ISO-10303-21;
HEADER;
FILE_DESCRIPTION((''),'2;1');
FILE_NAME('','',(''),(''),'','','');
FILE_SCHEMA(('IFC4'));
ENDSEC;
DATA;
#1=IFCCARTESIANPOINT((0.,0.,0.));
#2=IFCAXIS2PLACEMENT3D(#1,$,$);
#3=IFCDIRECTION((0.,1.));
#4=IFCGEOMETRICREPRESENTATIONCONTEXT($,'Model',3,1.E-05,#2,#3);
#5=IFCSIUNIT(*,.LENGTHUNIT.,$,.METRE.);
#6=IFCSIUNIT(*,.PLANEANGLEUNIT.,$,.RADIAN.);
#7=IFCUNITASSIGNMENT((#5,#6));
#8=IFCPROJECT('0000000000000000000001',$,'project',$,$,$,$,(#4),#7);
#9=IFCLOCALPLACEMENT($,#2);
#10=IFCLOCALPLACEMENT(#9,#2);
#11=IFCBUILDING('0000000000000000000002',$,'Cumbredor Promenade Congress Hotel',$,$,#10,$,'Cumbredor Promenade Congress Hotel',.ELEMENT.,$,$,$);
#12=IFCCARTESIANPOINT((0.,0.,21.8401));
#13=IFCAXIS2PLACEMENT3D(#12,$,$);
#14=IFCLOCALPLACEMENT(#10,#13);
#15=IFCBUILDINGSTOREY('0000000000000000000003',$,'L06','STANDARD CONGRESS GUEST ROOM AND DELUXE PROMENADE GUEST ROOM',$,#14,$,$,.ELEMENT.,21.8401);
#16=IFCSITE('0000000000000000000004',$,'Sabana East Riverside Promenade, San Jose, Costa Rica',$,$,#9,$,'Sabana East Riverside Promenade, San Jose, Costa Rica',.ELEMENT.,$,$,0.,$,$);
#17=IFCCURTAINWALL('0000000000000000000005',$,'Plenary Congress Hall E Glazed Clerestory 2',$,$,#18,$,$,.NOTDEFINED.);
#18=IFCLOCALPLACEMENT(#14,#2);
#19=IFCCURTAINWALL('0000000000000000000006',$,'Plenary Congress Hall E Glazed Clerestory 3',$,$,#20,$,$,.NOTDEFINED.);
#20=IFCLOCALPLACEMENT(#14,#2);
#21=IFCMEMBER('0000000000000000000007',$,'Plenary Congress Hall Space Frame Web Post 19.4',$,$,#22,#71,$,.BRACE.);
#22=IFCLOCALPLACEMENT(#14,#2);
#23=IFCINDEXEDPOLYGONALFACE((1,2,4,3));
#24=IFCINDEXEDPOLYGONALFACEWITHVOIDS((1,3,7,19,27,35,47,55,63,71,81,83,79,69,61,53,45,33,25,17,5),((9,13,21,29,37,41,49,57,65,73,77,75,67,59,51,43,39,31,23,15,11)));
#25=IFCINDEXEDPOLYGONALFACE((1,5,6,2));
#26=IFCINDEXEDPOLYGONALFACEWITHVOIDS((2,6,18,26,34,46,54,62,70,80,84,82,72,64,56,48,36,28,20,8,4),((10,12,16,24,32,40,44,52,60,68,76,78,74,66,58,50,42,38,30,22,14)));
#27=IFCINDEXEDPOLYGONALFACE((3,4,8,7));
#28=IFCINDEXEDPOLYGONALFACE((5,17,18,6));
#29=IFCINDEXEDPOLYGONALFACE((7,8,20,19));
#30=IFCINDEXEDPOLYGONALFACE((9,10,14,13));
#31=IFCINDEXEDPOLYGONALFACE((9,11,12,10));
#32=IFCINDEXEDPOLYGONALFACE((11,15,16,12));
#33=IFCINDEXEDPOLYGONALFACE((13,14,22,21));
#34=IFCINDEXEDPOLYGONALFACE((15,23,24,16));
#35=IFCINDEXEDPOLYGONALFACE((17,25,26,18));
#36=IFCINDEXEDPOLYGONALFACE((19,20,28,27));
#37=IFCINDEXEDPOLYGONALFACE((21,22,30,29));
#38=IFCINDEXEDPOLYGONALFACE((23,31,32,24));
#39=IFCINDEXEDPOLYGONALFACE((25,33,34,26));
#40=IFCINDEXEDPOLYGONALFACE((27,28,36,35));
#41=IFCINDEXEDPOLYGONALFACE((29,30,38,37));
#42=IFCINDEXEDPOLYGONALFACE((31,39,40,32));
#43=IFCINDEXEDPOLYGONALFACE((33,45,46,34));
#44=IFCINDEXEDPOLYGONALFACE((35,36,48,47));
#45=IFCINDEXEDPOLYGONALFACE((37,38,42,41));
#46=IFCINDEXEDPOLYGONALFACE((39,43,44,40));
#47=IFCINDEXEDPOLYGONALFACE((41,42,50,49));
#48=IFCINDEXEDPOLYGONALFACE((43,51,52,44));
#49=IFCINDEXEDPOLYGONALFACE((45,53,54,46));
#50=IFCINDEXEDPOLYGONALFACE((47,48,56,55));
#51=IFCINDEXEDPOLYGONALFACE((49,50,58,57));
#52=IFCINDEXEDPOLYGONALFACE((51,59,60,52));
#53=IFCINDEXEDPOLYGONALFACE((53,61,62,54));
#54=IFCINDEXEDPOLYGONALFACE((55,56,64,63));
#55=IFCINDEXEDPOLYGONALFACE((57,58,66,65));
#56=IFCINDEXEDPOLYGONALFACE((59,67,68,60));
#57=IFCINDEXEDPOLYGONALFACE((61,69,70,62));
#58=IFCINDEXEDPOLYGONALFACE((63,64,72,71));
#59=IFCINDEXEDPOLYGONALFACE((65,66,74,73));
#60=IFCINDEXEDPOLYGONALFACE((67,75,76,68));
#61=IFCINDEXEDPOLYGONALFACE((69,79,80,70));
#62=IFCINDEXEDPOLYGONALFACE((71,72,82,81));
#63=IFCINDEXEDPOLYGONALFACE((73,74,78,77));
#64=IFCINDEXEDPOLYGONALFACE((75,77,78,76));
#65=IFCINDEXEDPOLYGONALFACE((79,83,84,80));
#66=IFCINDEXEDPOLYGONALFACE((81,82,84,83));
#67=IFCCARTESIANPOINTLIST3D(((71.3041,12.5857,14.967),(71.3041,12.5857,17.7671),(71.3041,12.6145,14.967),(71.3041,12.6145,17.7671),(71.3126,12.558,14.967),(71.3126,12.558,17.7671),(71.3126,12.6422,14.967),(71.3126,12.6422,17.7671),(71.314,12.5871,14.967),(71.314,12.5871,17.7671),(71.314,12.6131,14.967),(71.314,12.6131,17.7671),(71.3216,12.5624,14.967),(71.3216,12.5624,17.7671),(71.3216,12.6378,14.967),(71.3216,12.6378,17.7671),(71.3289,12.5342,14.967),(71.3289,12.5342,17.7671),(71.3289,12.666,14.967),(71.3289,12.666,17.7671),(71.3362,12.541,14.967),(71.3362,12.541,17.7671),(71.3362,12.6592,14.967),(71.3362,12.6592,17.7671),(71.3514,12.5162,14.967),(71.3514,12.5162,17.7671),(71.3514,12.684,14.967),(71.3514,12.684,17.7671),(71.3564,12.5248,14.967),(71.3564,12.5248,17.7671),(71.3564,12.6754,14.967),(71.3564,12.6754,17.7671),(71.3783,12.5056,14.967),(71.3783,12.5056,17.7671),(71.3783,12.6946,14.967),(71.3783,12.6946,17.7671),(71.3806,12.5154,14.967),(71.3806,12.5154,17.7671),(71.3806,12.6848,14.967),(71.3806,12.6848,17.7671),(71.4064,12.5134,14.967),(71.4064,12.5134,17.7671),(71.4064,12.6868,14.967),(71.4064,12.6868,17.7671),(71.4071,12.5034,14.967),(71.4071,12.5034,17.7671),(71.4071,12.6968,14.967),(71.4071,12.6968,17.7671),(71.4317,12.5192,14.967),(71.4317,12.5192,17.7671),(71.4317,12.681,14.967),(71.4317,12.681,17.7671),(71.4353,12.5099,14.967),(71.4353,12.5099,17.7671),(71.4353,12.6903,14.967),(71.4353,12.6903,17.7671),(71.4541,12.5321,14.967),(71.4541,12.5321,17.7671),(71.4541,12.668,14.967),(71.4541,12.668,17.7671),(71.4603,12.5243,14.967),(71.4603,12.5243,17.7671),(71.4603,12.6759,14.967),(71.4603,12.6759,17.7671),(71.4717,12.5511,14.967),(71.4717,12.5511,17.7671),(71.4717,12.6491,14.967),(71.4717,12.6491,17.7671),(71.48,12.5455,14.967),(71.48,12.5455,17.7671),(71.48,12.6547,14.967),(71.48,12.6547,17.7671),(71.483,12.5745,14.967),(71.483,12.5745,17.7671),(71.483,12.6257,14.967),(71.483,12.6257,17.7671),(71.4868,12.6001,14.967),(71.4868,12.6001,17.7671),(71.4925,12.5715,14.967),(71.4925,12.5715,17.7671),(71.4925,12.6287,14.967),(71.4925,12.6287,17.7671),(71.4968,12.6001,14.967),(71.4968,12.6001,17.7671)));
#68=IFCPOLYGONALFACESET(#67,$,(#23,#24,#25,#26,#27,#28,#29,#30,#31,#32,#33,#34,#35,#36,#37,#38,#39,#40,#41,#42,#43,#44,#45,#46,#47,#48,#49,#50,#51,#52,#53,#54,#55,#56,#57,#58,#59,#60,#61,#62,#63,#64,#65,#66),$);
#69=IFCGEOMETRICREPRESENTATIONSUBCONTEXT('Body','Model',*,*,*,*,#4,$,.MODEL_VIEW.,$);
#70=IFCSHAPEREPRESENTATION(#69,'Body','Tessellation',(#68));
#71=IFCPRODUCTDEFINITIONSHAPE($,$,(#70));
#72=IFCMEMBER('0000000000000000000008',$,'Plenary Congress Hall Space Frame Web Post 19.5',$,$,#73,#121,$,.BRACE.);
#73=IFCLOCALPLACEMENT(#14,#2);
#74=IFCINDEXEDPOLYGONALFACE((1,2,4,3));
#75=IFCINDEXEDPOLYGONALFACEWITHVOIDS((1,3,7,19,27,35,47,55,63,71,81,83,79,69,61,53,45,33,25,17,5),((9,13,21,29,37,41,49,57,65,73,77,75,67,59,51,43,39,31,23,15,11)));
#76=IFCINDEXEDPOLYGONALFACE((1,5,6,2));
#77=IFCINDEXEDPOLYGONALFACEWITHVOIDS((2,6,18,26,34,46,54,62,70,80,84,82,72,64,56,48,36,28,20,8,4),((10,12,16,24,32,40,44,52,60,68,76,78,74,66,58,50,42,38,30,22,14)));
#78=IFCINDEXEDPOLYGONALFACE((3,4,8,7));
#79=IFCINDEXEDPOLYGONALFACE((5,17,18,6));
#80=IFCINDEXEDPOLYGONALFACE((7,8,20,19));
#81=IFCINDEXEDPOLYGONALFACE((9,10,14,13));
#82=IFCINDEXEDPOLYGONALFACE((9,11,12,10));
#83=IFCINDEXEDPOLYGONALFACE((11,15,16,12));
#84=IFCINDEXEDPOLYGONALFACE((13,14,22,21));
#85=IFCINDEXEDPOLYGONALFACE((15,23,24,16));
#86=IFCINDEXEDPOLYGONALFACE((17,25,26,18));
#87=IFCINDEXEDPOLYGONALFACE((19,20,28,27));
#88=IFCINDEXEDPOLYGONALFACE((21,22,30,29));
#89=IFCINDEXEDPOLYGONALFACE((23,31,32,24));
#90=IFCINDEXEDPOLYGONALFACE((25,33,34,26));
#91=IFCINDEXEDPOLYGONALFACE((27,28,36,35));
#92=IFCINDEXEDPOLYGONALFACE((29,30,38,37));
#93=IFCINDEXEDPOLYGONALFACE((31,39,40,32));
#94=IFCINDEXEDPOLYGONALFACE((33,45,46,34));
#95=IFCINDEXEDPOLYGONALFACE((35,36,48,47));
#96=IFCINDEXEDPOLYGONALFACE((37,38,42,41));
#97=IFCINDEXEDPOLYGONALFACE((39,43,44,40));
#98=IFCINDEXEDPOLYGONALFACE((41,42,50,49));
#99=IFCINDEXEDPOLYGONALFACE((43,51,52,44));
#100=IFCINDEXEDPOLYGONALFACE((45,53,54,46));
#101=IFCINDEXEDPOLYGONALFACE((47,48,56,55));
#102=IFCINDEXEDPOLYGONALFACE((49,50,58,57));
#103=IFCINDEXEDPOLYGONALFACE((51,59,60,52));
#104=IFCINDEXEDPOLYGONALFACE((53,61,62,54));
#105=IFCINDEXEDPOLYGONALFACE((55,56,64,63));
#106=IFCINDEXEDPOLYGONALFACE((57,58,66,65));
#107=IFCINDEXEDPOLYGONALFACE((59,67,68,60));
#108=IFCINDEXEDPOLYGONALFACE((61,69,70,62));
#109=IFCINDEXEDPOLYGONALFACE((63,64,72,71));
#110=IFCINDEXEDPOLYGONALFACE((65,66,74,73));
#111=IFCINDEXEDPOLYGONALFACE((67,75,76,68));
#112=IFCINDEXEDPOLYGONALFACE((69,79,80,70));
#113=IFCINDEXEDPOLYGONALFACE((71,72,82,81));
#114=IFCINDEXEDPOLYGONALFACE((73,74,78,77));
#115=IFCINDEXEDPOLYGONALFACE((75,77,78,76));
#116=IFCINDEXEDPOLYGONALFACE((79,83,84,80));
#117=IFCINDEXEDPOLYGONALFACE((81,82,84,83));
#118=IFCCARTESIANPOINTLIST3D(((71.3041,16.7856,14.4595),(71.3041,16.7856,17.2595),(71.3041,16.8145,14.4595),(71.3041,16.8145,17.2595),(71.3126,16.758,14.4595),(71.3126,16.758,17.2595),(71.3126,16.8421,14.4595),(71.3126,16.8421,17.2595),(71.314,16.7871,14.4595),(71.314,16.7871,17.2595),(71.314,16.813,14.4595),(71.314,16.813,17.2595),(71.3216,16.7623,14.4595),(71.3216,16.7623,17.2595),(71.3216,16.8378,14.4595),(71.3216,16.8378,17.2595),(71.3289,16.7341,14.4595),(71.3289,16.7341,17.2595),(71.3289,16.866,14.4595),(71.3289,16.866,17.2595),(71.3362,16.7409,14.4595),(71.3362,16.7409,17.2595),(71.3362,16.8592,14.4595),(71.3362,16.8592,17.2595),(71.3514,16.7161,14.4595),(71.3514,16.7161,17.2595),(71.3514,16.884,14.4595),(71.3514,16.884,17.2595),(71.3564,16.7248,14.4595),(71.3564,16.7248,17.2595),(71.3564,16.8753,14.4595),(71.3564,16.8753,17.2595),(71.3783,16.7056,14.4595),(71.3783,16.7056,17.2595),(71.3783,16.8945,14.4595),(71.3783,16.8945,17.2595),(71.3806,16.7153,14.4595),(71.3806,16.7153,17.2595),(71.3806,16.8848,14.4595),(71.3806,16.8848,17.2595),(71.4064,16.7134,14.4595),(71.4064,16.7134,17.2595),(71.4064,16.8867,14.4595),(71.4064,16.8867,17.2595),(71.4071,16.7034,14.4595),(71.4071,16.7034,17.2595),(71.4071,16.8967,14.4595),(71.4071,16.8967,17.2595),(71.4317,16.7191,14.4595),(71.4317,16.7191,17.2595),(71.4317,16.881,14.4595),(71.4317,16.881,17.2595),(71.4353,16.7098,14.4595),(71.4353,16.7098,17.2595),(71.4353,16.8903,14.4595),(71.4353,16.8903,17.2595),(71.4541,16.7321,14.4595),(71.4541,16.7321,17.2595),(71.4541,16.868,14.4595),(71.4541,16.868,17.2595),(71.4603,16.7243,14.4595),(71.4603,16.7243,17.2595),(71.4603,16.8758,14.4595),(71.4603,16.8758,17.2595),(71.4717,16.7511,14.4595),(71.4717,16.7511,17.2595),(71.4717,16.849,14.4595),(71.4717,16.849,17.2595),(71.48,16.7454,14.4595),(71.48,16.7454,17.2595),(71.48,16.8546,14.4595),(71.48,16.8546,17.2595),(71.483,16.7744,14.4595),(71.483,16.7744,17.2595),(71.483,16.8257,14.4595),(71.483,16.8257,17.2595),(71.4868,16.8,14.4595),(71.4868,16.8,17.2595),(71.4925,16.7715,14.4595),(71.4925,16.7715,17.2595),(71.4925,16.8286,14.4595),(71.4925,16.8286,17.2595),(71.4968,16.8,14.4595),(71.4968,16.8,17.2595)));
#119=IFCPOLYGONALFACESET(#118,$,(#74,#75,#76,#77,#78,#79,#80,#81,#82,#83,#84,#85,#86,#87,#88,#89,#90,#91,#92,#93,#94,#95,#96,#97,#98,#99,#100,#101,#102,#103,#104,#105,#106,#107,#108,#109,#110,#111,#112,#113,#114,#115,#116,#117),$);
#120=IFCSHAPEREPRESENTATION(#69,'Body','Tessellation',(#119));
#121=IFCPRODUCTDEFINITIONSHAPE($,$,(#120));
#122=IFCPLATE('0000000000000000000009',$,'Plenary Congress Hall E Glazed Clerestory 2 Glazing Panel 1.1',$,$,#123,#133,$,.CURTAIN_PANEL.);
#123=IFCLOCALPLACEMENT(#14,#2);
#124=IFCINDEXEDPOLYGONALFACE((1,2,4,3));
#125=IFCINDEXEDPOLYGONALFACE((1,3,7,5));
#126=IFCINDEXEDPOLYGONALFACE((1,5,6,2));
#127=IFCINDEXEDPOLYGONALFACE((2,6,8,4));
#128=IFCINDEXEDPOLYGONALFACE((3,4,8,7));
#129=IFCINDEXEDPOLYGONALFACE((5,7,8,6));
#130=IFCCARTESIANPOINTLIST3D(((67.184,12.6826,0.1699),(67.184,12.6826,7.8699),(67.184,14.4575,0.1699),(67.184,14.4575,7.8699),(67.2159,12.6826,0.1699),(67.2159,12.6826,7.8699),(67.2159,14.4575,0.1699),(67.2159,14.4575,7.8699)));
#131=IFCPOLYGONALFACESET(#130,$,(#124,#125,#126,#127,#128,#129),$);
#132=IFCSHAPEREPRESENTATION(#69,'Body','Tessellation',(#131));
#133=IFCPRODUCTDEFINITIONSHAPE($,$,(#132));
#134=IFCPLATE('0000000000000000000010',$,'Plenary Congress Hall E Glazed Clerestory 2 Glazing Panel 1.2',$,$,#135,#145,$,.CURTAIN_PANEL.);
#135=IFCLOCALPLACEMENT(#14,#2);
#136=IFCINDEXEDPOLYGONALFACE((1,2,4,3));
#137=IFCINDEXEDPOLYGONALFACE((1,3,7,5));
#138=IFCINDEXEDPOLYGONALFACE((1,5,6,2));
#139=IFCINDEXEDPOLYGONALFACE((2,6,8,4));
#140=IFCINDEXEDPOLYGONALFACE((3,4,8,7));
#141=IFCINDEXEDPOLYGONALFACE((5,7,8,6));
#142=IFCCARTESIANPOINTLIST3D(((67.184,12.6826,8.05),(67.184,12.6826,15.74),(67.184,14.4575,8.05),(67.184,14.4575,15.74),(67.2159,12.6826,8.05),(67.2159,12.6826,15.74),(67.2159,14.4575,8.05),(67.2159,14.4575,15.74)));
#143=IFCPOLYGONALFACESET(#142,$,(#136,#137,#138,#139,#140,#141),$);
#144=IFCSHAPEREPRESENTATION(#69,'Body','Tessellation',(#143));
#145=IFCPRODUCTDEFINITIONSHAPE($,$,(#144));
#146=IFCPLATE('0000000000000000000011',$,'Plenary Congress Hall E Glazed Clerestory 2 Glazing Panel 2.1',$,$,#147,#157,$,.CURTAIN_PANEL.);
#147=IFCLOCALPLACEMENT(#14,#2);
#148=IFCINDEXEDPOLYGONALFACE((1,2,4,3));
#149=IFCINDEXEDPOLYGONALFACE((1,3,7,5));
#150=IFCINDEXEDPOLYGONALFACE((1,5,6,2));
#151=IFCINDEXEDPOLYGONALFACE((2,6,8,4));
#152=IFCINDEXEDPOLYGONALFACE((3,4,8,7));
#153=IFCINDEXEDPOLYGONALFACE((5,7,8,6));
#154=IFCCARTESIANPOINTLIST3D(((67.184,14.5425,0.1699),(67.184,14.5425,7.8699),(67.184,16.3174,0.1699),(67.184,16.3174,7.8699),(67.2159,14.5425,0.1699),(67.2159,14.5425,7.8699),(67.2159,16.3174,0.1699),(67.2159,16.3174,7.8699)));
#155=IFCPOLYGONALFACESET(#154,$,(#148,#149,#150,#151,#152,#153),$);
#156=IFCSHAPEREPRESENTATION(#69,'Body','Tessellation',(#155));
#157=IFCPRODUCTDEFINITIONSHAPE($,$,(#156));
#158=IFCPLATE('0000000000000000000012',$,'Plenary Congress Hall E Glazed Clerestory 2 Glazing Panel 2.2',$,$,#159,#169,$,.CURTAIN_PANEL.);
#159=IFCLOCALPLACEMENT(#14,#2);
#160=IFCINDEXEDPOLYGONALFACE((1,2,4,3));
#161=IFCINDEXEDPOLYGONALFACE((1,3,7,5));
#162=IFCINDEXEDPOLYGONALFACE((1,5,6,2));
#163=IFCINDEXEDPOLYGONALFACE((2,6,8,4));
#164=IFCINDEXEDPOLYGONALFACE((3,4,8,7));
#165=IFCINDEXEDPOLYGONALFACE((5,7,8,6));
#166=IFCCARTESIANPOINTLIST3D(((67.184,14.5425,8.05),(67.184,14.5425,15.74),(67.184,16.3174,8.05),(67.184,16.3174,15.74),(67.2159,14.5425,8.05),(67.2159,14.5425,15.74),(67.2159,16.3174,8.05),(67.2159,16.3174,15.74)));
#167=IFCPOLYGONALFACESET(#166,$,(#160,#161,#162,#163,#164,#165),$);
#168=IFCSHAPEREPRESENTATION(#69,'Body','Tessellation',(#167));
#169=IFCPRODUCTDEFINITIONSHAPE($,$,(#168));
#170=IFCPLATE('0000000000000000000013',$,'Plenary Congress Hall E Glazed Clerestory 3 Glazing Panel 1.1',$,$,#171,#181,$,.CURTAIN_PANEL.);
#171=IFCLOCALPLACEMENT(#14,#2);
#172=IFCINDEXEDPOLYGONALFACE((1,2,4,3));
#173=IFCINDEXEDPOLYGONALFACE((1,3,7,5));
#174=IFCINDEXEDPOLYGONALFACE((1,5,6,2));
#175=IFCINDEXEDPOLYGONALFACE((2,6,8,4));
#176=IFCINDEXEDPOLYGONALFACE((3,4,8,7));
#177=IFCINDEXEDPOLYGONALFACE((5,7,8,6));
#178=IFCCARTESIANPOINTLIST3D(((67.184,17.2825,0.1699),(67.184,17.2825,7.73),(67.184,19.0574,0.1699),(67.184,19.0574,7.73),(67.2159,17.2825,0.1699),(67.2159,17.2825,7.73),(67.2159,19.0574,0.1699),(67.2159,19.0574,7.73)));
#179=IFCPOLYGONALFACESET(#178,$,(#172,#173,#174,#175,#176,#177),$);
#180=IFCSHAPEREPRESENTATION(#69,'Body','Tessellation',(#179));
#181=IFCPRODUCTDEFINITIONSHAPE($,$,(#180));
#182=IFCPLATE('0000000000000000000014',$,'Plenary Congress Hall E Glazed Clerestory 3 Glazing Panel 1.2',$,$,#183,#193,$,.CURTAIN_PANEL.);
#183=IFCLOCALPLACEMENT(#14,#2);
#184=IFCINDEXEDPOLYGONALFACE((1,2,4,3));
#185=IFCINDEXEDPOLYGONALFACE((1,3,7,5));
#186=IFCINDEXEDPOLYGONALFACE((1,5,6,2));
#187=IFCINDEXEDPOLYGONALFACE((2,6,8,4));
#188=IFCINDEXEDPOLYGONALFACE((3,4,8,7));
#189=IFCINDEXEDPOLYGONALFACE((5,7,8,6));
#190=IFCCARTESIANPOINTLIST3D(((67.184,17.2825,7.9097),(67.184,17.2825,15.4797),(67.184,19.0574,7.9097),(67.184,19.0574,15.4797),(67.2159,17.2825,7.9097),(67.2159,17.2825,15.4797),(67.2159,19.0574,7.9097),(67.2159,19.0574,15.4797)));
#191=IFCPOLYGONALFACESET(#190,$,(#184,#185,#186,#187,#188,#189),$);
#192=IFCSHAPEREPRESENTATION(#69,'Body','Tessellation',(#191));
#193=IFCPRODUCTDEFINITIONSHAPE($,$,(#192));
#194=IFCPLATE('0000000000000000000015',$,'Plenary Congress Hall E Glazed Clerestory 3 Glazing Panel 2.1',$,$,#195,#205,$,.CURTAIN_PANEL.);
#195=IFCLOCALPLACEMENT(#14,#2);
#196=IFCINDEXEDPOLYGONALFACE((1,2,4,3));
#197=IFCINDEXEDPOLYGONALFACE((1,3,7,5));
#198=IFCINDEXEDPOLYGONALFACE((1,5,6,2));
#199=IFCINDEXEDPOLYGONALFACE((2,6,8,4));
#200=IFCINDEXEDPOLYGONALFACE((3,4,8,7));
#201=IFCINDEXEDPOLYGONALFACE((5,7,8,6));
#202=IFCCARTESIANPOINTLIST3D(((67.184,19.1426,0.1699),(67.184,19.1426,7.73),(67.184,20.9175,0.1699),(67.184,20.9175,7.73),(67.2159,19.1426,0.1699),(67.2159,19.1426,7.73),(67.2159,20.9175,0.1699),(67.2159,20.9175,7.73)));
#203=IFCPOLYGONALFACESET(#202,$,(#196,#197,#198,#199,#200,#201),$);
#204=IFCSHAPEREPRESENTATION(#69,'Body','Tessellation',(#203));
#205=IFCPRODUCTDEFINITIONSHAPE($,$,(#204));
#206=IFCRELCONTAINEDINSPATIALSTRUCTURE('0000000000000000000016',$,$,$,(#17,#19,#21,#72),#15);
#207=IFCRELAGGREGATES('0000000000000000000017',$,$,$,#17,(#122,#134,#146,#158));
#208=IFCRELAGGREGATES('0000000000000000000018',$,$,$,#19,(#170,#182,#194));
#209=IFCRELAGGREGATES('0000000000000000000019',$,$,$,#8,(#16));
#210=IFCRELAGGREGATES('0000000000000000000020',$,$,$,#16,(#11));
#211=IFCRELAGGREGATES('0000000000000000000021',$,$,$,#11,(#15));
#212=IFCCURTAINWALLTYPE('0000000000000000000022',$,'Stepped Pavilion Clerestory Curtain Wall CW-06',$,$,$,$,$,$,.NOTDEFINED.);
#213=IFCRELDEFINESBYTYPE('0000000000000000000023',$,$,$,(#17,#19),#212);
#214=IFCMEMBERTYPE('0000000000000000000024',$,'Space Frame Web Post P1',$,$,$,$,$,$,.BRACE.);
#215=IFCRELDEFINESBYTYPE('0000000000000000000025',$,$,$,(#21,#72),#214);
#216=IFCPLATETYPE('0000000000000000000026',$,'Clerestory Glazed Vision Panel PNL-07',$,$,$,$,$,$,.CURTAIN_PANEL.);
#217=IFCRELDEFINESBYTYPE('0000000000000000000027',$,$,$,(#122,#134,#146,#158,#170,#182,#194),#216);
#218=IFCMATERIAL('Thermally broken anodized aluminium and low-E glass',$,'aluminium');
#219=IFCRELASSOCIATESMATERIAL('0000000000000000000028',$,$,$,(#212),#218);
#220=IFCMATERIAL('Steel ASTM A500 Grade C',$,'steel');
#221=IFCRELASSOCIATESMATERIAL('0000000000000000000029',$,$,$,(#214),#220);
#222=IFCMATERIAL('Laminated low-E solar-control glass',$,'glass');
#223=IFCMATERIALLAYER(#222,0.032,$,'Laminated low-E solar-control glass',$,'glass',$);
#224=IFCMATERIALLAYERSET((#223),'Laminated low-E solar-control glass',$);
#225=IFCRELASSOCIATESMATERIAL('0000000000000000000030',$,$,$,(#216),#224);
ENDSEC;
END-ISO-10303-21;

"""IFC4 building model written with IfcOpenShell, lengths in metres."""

from ifc_helpers import new_model, si_unit, direction, frame, origin, origin_2d, place, context, subcontext, project, spatial, rectangle, hollow_circle, extrude, material, layer, layer_set, material_profile, profile_set, type_object, element, aggregate, save


model = new_model("IFC4")

# Units and contexts
model_context = context("Model", 3, precision=1e-05, world=origin(), true_north=direction((0.0, 1.0)))
body_context = subcontext(model_context, "Body", "Model", "MODEL_VIEW")
ifc_project = project(units=[si_unit("LENGTHUNIT", "METRE"), si_unit("PLANEANGLEUNIT", "RADIAN")], contexts=[model_context])

# Site, building, storey
site_placement = place(None, origin())
site = spatial("IfcSite", under=ifc_project, at=site_placement, Name="Sabana East Riverside Promenade, San Jose, Costa Rica", LongName="Sabana East Riverside Promenade, San Jose, Costa Rica", CompositionType="ELEMENT", RefElevation=0.0)
building_placement = place(site_placement, origin())
building = spatial("IfcBuilding", under=site, at=building_placement, Name="Cumbredor Promenade Congress Hotel", LongName="Cumbredor Promenade Congress Hotel", CompositionType="ELEMENT")
storey_placement = place(building_placement, frame((0.0, 0.0, 21.8401)))
storey = spatial("IfcBuildingStorey", under=building, at=storey_placement, Name="L06", Description="STANDARD CONGRESS GUEST ROOM AND DELUXE PROMENADE GUEST ROOM", CompositionType="ELEMENT", Elevation=21.8401)

# Curtain walls
ifc_material_1 = material(Name="Thermally broken anodized aluminium and low-E glass", Category="aluminium")
curtain_wall_type = type_object("IfcCurtainWallType", Name="Stepped Pavilion Clerestory Curtain Wall CW-06", PredefinedType="NOTDEFINED", material=ifc_material_1)
curtain_wall_1_placement = place(storey_placement, origin())
curtain_wall_1 = element("IfcCurtainWall", 1, at=curtain_wall_1_placement, inside=storey, type_object=curtain_wall_type, Name="Plenary Congress Hall E Glazed Clerestory 2", PredefinedType="NOTDEFINED")
curtain_wall_2_placement = place(storey_placement, origin())
curtain_wall_2 = element("IfcCurtainWall", 2, at=curtain_wall_2_placement, inside=storey, type_object=curtain_wall_type, Name="Plenary Congress Hall E Glazed Clerestory 3", PredefinedType="NOTDEFINED")

# Members
ifc_material_2 = material(Name="Steel ASTM A500 Grade C", Category="steel")
ifc_material_profile_1 = material_profile(ifc_material_2, hollow_circle(Radius=0.0969, WallThickness=0.01, at=origin_2d()), Name="CHS 193.7x10")
ifc_profile_set_1 = profile_set([ifc_material_profile_1], Name="Steel ASTM A500 Grade C")
member_type_1 = type_object("IfcMemberType", Name="Space Frame Web Post P1", PredefinedType="BRACE", material=ifc_profile_set_1)
for number, where, z_axis, x_axis, name in (
    (3, (71.3999, 12.6001, 14.967), (0.0, 0.0, 1.0), (1.0, 0.0, 0.0), "Plenary Congress Hall Space Frame Web Post 19.4"),
    (4, (71.3999, 16.8, 14.4595), (0.0, 0.0, 1.0), (1.0, 0.0, 0.0), "Plenary Congress Hall Space Frame Web Post 19.5"),
):
    element("IfcMember", number, at=place(storey_placement, frame(where, z_axis=z_axis, x_axis=x_axis)), inside=storey, type_object=member_type_1, Name=name, PredefinedType="BRACE", context=body_context, shape_type="SweptSolid", body=[
        extrude(hollow_circle(Radius=0.0969, WallThickness=0.01, at=origin_2d()), origin(), (0.0, 0.0, 1.0), 2.8),
    ])

# Plates
ifc_material_3 = material(Name="Laminated low-E solar-control glass", Category="glass")
ifc_layer_1 = layer(ifc_material_3, 0.032, Name="Laminated low-E solar-control glass", Category="glass")
ifc_layer_set_1 = layer_set([ifc_layer_1], Name="Laminated low-E solar-control glass")
plate_type_1 = type_object("IfcPlateType", Name="Clerestory Glazed Vision Panel PNL-07", PredefinedType="CURTAIN_PANEL", material=ifc_layer_set_1)
plate_1_placement = place(storey_placement, frame((67.2, 13.5701, 0.1699), z_axis=(0.0, 0.0, 1.0), x_axis=(0.0, 1.0, 0.0)))
plate_1 = element("IfcPlate", 5, at=plate_1_placement, type_object=plate_type_1, Name="Plenary Congress Hall E Glazed Clerestory 2 Glazing Panel 1.1", PredefinedType="CURTAIN_PANEL", context=body_context, shape_type="SweptSolid", body=[
    extrude(rectangle(XDim=1.7749, YDim=0.032, at=origin_2d()), origin(), (0.0, 0.0, 1.0), 7.7),
])
plate_2_placement = place(storey_placement, frame((67.2, 13.5701, 8.05), z_axis=(0.0, 0.0, 1.0), x_axis=(0.0, 1.0, 0.0)))
plate_2 = element("IfcPlate", 6, at=plate_2_placement, type_object=plate_type_1, Name="Plenary Congress Hall E Glazed Clerestory 2 Glazing Panel 1.2", PredefinedType="CURTAIN_PANEL", context=body_context, shape_type="SweptSolid", body=[
    extrude(rectangle(XDim=1.7749, YDim=0.032, at=origin_2d()), origin(), (0.0, 0.0, 1.0), 7.6899),
])
plate_3_placement = place(storey_placement, frame((67.2, 15.4299, 0.1699), z_axis=(0.0, 0.0, 1.0), x_axis=(0.0, 1.0, 0.0)))
plate_3 = element("IfcPlate", 7, at=plate_3_placement, type_object=plate_type_1, Name="Plenary Congress Hall E Glazed Clerestory 2 Glazing Panel 2.1", PredefinedType="CURTAIN_PANEL", context=body_context, shape_type="SweptSolid", body=[
    extrude(rectangle(XDim=1.7749, YDim=0.032, at=origin_2d()), origin(), (0.0, 0.0, 1.0), 7.7),
])
plate_4_placement = place(storey_placement, frame((67.2, 15.4299, 8.05), z_axis=(0.0, 0.0, 1.0), x_axis=(0.0, 1.0, 0.0)))
plate_4 = element("IfcPlate", 8, at=plate_4_placement, type_object=plate_type_1, Name="Plenary Congress Hall E Glazed Clerestory 2 Glazing Panel 2.2", PredefinedType="CURTAIN_PANEL", context=body_context, shape_type="SweptSolid", body=[
    extrude(rectangle(XDim=1.7749, YDim=0.032, at=origin_2d()), origin(), (0.0, 0.0, 1.0), 7.6899),
])
aggregate(curtain_wall_1, [plate_1, plate_2, plate_3, plate_4])
plate_5_placement = place(storey_placement, frame((67.2, 18.1699, 0.1699), z_axis=(0.0, 0.0, 1.0), x_axis=(0.0, 1.0, 0.0)))
plate_5 = element("IfcPlate", 9, at=plate_5_placement, type_object=plate_type_1, Name="Plenary Congress Hall E Glazed Clerestory 3 Glazing Panel 1.1", PredefinedType="CURTAIN_PANEL", context=body_context, shape_type="SweptSolid", body=[
    extrude(rectangle(XDim=1.7749, YDim=0.032, at=origin_2d()), origin(), (0.0, 0.0, 1.0), 7.5601),
])
plate_6_placement = place(storey_placement, frame((67.2, 18.1699, 7.9097), z_axis=(0.0, 0.0, 1.0), x_axis=(0.0, 1.0, 0.0)))
plate_6 = element("IfcPlate", 10, at=plate_6_placement, type_object=plate_type_1, Name="Plenary Congress Hall E Glazed Clerestory 3 Glazing Panel 1.2", PredefinedType="CURTAIN_PANEL", context=body_context, shape_type="SweptSolid", body=[
    extrude(rectangle(XDim=1.7749, YDim=0.032, at=origin_2d()), origin(), (0.0, 0.0, 1.0), 7.5701),
])
plate_7_placement = place(storey_placement, frame((67.2, 20.03, 0.1699), z_axis=(0.0, 0.0, 1.0), x_axis=(0.0, 1.0, 0.0)))
plate_7 = element("IfcPlate", 11, at=plate_7_placement, type_object=plate_type_1, Name="Plenary Congress Hall E Glazed Clerestory 3 Glazing Panel 2.1", PredefinedType="CURTAIN_PANEL", context=body_context, shape_type="SweptSolid", body=[
    extrude(rectangle(XDim=1.7749, YDim=0.032, at=origin_2d()), origin(), (0.0, 0.0, 1.0), 7.5601),
])
aggregate(curtain_wall_2, [plate_5, plate_6, plate_7])

save(model, "model.ifc")
